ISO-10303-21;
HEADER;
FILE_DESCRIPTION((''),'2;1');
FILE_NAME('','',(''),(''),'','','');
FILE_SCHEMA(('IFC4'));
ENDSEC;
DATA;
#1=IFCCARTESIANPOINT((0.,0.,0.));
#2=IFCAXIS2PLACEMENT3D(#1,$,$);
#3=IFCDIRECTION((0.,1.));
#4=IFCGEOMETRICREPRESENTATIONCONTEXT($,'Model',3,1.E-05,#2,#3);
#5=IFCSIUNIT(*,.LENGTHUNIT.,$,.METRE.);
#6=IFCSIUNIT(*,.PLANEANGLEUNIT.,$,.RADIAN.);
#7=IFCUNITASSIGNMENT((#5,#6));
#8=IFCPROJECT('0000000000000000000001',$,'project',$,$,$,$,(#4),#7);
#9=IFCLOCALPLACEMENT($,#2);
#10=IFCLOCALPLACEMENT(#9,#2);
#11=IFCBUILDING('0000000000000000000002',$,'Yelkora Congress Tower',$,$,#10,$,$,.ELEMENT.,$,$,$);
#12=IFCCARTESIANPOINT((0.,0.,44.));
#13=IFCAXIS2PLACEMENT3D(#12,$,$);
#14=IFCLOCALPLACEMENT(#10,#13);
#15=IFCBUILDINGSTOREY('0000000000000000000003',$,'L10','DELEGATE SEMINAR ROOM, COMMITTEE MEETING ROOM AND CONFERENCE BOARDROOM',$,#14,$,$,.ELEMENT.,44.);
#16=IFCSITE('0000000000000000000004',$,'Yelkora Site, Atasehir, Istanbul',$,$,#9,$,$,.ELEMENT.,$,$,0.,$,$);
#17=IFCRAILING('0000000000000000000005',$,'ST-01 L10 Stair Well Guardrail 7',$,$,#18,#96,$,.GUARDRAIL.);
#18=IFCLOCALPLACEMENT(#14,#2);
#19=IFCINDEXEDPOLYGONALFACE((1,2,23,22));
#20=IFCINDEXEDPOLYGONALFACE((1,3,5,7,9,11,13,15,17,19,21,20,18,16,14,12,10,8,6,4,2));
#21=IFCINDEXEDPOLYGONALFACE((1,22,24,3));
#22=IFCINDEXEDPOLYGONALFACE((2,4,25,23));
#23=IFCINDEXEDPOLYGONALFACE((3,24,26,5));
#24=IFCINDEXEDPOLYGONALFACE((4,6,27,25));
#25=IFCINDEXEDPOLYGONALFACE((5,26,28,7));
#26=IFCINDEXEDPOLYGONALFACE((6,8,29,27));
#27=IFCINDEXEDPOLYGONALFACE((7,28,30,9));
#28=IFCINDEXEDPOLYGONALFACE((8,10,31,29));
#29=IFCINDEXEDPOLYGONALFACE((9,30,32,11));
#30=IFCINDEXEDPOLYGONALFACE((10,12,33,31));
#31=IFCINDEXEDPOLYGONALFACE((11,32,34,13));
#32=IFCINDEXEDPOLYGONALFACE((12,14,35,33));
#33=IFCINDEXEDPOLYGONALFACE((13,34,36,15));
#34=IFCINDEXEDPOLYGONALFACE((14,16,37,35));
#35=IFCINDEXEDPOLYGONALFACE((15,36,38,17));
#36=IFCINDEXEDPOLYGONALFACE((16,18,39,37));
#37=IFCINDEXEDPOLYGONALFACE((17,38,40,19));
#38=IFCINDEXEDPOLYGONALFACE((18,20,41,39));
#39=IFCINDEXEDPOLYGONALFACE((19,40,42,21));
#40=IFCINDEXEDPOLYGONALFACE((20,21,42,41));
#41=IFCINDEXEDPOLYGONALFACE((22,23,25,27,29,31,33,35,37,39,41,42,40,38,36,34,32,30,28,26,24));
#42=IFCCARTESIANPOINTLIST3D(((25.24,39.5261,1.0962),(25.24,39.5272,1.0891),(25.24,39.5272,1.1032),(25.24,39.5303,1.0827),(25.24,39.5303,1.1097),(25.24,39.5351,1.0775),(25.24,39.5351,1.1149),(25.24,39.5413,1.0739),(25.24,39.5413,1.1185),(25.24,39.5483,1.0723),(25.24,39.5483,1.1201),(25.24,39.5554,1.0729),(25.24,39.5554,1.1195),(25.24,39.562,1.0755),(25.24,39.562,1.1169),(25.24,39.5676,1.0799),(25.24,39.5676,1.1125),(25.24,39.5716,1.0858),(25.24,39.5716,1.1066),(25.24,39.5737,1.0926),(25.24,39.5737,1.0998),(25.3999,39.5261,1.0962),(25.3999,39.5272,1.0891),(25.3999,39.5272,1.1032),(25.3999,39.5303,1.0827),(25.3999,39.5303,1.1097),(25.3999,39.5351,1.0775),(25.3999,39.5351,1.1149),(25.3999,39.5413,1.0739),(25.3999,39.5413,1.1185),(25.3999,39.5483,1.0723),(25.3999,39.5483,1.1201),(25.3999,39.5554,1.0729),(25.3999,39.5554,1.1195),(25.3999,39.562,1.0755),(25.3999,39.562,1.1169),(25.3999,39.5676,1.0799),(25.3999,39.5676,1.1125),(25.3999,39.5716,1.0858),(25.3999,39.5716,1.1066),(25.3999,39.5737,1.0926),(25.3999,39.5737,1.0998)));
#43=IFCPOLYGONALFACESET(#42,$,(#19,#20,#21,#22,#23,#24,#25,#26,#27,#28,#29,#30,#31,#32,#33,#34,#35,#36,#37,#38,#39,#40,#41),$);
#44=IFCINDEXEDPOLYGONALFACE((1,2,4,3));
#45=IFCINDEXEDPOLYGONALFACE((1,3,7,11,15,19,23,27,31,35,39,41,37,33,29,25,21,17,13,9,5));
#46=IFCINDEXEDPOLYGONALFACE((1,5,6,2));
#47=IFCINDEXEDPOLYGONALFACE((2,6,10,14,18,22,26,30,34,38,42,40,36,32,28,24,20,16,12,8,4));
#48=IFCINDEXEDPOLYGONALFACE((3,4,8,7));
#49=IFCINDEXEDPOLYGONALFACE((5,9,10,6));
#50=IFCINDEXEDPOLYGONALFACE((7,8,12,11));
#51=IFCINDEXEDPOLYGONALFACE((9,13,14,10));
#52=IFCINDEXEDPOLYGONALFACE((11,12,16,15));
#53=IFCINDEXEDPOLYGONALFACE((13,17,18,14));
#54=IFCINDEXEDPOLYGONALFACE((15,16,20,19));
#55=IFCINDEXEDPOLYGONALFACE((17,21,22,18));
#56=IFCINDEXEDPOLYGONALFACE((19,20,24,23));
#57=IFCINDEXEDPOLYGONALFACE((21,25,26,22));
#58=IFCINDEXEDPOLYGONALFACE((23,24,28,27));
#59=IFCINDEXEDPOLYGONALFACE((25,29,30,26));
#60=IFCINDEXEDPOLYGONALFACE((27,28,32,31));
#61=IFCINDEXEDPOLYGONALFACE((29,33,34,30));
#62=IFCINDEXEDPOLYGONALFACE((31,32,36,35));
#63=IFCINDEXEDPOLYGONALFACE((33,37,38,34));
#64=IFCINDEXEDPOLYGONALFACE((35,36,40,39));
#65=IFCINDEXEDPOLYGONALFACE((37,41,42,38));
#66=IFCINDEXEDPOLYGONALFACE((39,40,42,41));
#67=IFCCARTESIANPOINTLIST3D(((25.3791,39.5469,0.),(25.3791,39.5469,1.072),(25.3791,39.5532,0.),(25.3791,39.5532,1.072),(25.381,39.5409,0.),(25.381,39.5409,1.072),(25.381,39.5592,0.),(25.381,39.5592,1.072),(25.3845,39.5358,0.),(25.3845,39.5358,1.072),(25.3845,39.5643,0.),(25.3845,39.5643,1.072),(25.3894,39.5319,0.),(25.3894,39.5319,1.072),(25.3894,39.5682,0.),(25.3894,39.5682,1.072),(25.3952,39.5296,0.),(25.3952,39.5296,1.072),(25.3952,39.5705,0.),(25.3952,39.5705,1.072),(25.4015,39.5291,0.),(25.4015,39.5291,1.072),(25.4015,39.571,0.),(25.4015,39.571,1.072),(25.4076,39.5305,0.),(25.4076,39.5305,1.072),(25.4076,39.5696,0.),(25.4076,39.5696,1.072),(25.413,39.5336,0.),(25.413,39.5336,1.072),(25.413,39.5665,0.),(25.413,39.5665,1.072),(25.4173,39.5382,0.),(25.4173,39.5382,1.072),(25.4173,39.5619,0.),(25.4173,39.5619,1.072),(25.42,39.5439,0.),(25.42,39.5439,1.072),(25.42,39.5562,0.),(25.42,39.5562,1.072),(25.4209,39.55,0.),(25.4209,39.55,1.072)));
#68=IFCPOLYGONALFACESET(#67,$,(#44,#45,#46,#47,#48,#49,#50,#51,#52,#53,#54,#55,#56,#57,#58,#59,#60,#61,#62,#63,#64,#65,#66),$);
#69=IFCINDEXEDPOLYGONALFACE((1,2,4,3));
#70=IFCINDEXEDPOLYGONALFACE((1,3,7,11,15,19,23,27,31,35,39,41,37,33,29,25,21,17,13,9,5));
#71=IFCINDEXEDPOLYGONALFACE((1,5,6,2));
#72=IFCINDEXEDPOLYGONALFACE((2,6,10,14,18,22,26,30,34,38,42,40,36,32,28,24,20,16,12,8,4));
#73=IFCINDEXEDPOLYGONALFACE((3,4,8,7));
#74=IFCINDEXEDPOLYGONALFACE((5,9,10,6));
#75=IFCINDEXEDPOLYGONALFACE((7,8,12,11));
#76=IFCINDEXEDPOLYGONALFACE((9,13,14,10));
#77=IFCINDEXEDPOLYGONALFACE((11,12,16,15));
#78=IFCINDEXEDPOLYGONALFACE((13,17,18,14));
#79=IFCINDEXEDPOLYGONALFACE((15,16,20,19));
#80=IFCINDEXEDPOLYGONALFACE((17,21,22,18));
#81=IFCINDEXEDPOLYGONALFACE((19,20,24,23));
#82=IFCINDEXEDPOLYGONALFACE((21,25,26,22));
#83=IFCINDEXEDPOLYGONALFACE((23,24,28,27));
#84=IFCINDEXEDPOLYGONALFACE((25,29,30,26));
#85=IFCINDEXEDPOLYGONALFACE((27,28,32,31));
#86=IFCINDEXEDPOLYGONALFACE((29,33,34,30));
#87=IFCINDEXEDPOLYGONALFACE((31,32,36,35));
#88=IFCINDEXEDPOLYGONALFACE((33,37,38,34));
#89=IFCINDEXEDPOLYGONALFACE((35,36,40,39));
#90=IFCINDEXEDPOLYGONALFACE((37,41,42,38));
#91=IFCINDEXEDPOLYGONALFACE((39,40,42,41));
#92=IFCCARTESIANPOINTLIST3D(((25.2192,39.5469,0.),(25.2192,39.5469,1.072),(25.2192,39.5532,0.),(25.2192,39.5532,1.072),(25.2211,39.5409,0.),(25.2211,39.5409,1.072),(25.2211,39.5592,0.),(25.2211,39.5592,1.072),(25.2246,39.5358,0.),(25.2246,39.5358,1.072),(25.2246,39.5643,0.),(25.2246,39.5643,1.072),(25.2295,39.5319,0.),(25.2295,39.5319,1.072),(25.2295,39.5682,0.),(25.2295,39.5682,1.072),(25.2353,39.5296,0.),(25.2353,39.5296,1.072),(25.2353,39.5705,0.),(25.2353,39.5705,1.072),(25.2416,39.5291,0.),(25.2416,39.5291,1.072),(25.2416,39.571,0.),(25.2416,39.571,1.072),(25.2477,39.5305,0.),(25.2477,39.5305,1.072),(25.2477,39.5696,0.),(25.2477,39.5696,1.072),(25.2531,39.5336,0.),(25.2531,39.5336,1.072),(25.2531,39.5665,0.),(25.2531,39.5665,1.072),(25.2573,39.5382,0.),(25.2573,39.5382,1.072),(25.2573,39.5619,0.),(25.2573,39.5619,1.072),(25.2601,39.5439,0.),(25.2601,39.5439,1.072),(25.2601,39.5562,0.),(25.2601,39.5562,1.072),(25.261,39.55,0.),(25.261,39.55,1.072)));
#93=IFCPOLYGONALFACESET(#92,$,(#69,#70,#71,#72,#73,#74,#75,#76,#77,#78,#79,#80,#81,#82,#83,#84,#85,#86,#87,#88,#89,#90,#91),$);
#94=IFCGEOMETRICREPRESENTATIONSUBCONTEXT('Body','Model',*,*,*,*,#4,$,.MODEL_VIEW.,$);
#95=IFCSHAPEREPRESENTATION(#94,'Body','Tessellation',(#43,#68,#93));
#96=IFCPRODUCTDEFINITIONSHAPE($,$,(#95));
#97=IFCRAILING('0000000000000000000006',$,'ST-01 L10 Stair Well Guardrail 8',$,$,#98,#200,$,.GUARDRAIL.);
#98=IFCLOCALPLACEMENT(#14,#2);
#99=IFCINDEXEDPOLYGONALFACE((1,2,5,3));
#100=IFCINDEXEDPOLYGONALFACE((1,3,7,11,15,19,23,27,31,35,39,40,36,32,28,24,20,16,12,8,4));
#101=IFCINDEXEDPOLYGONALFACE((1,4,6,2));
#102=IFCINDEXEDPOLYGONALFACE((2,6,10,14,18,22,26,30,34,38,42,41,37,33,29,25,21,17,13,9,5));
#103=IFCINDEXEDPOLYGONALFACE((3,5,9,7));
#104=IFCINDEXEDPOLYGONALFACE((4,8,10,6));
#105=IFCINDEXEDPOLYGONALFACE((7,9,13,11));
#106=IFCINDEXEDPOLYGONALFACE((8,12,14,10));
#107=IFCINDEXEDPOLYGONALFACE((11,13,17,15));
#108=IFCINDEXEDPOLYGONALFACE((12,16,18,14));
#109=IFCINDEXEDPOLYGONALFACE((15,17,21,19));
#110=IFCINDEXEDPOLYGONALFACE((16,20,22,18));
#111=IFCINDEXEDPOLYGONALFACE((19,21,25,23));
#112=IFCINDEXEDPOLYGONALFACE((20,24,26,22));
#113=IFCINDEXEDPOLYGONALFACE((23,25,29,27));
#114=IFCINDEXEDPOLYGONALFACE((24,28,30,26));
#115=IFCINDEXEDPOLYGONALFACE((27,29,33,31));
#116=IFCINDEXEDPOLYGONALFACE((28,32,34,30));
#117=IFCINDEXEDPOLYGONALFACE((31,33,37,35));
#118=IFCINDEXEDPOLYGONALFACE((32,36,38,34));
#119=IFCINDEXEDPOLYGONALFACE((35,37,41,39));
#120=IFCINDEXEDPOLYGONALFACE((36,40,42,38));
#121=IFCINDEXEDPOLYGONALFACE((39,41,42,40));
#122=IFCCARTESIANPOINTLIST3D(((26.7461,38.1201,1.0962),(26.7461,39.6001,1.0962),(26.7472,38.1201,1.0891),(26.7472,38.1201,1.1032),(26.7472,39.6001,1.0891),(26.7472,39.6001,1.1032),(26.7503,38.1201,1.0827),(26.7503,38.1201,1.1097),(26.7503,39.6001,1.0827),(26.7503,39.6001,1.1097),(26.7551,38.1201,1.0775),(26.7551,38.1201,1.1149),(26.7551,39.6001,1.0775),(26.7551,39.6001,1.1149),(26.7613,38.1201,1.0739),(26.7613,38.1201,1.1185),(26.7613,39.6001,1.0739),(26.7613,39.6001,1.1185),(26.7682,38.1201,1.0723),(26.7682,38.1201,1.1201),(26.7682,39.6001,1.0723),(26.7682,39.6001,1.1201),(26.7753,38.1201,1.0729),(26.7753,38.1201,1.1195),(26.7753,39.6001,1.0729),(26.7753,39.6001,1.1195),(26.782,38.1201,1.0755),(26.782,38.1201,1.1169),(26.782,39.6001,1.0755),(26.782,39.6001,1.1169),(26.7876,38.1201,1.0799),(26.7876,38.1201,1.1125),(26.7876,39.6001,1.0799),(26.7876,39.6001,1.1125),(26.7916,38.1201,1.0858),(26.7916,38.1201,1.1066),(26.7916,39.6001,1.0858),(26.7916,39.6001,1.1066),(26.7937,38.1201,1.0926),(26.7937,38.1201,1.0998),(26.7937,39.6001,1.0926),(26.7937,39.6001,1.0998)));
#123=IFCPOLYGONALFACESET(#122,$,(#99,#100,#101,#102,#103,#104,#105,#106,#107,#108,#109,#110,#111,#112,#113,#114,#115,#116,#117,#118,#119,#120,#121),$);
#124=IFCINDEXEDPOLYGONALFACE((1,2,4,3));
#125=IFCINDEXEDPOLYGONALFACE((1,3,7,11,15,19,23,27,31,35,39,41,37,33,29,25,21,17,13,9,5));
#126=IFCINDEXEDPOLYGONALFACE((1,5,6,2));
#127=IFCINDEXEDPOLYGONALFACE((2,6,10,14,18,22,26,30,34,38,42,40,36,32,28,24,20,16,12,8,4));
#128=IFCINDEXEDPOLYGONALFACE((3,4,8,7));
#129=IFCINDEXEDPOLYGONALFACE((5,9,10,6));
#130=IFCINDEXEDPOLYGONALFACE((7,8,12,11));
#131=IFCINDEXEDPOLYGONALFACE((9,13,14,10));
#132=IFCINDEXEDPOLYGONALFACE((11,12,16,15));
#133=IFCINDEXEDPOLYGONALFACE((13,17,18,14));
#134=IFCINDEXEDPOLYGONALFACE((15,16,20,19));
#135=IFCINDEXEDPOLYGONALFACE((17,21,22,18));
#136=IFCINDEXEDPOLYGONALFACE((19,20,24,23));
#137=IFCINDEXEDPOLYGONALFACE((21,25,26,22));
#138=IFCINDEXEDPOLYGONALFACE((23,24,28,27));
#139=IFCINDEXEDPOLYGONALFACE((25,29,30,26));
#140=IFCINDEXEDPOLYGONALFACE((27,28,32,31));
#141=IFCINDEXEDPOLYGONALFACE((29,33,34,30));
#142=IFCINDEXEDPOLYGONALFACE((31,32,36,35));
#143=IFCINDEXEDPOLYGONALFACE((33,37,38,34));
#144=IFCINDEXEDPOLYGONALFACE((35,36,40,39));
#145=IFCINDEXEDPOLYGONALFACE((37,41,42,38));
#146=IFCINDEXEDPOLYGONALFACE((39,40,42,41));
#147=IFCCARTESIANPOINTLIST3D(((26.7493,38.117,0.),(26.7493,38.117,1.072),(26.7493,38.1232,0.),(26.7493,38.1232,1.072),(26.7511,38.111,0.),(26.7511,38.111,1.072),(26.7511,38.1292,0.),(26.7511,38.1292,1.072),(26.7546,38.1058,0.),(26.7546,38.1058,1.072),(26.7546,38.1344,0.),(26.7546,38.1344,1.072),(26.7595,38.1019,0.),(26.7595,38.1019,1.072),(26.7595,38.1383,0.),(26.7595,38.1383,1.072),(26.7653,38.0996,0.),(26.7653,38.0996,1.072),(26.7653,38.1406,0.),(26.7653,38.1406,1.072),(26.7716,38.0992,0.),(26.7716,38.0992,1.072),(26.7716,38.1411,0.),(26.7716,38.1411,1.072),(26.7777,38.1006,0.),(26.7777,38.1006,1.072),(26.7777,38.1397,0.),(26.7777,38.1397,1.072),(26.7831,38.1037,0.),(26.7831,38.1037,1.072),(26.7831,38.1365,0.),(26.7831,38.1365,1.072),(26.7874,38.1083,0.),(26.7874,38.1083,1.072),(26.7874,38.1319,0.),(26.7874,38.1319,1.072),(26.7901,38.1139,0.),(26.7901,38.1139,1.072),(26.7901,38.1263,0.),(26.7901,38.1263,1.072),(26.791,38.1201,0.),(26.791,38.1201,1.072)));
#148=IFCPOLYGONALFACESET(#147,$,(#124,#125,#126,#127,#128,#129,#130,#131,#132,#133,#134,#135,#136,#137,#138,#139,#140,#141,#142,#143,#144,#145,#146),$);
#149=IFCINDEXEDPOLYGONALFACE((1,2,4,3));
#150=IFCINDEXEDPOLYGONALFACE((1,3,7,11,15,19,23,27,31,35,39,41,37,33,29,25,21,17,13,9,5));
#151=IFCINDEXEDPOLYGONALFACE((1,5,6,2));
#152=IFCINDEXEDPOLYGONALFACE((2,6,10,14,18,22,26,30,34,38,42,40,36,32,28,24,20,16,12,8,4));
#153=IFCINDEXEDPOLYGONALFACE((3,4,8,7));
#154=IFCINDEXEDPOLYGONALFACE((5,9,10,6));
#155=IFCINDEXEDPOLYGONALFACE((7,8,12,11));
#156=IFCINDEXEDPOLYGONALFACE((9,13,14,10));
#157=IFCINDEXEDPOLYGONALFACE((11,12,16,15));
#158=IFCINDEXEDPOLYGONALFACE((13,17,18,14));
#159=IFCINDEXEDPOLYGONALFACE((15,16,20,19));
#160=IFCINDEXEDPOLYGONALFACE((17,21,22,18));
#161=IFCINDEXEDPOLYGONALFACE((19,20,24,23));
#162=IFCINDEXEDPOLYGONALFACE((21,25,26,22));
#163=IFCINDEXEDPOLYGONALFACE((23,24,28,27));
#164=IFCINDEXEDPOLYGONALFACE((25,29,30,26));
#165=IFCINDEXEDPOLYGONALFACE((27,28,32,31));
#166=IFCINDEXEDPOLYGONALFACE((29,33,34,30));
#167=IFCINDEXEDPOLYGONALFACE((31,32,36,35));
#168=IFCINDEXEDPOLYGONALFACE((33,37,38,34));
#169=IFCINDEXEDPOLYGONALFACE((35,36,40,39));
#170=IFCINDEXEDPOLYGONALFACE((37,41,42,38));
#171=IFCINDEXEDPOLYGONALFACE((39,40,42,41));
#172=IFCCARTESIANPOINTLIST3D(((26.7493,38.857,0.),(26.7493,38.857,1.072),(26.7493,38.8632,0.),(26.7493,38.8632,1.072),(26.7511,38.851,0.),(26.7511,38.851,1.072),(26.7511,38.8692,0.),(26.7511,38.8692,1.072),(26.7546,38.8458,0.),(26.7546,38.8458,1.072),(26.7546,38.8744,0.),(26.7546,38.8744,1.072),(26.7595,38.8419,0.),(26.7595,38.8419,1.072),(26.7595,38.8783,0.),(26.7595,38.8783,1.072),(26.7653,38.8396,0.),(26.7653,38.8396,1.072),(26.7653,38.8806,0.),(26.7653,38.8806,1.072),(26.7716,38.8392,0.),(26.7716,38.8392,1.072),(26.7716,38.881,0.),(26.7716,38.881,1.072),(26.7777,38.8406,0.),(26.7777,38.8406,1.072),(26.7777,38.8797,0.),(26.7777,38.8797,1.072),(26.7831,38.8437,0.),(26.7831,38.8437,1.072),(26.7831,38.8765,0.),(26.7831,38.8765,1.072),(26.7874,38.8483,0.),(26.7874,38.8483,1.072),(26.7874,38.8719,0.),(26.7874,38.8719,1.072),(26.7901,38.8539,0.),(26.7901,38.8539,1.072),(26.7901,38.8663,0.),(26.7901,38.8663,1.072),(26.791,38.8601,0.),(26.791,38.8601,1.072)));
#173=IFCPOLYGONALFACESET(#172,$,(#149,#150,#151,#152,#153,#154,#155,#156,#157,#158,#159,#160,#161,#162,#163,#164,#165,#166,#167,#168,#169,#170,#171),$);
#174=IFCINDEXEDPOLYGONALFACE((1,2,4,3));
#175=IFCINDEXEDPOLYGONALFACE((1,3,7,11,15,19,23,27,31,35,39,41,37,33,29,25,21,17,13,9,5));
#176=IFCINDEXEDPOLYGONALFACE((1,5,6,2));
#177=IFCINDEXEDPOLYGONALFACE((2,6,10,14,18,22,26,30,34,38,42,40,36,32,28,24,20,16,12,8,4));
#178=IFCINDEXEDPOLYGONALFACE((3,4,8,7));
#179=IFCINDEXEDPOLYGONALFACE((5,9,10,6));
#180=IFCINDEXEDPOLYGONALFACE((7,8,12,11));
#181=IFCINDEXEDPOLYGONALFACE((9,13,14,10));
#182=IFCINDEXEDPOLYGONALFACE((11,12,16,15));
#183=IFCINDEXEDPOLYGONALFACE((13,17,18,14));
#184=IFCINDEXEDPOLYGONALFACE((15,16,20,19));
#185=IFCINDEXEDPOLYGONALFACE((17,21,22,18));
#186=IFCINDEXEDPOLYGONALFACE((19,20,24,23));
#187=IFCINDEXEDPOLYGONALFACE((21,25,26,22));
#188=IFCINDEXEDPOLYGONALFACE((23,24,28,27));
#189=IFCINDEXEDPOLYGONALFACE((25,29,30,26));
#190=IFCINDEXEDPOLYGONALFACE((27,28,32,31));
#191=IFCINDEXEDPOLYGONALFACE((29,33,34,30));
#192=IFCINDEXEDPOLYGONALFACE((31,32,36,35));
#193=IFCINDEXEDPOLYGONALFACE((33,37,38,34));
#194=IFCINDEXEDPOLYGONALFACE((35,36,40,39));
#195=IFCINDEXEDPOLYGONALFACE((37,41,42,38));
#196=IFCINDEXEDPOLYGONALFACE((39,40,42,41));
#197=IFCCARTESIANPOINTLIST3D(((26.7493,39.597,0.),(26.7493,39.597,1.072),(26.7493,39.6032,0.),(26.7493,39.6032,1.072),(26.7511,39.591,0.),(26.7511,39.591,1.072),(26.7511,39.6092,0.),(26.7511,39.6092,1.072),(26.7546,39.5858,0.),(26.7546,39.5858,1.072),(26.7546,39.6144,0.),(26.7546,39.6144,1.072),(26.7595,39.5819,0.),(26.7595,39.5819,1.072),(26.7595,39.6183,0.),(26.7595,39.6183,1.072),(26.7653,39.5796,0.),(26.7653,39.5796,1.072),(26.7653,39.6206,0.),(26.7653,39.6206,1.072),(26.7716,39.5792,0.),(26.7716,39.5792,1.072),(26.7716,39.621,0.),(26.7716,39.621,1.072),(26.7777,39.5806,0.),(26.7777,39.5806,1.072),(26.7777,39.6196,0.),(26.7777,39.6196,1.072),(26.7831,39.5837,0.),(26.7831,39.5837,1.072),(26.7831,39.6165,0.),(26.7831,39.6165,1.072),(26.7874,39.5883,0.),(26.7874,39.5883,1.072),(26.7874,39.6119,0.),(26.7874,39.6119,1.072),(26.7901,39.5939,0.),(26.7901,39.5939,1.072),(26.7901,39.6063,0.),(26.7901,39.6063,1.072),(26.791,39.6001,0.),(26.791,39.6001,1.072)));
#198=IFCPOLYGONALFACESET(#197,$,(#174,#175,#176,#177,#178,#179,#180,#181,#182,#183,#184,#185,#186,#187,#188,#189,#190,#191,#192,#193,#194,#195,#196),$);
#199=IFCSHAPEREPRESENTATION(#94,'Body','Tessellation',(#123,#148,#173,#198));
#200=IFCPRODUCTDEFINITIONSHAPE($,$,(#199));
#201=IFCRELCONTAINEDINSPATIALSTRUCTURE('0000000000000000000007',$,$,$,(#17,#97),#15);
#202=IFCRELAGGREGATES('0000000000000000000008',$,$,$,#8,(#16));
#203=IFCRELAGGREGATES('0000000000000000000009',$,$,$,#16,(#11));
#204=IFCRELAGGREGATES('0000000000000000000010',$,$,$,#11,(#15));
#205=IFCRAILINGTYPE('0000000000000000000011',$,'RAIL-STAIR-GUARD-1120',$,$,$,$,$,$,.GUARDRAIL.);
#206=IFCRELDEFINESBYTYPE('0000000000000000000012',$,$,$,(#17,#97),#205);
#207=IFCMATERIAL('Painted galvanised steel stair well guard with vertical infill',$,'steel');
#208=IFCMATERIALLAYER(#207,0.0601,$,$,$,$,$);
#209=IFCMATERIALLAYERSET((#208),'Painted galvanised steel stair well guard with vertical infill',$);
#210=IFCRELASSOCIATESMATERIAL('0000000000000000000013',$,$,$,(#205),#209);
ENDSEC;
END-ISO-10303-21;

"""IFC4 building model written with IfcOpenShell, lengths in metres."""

from ifc_helpers import new_model, si_unit, direction, frame, origin, origin_2d, place, context, subcontext, project, spatial, circle, extrude, material, layer, layer_set, type_object, element, save


model = new_model("IFC4")

# Units and contexts
model_context = context("Model", 3, precision=1e-05, world=origin(), true_north=direction((0.0, 1.0)))
body_context = subcontext(model_context, "Body", "Model", "MODEL_VIEW")
ifc_project = project(units=[si_unit("LENGTHUNIT", "METRE"), si_unit("PLANEANGLEUNIT", "RADIAN")], contexts=[model_context])

# Site, building, storey
site_placement = place(None, origin())
site = spatial("IfcSite", under=ifc_project, at=site_placement, Name="Yelkora Site, Atasehir, Istanbul", CompositionType="ELEMENT", RefElevation=0.0)
building_placement = place(site_placement, origin())
building = spatial("IfcBuilding", under=site, at=building_placement, Name="Yelkora Congress Tower", CompositionType="ELEMENT")
storey_placement = place(building_placement, frame((0.0, 0.0, 44.0)))
storey = spatial("IfcBuildingStorey", under=building, at=storey_placement, Name="L10", Description="DELEGATE SEMINAR ROOM, COMMITTEE MEETING ROOM AND CONFERENCE BOARDROOM", CompositionType="ELEMENT", Elevation=44.0)

# Railings
ifc_material_1 = material(Name="Painted galvanised steel stair well guard with vertical infill", Category="steel")
ifc_layer_1 = layer(ifc_material_1, 0.0601)
ifc_layer_set_1 = layer_set([ifc_layer_1], Name="Painted galvanised steel stair well guard with vertical infill")
railing_type_1 = type_object("IfcRailingType", Name="RAIL-STAIR-GUARD-1120", PredefinedType="GUARDRAIL", material=ifc_layer_set_1)
railing_1_placement = place(storey_placement, frame((25.3999, 39.55, 0.0)))
element("IfcRailing", 1, at=railing_1_placement, inside=storey, type_object=railing_type_1, Name="ST-01 L10 Stair Well Guardrail 7", PredefinedType="GUARDRAIL", context=body_context, shape_type="SweptSolid", body=[
    extrude(circle(Radius=0.0239, at=origin_2d()), frame((0.0, 0.0, 1.0962), z_axis=(-1.0, 0.0, 0.0), x_axis=(0.0, -1.0, 0.0)), (0.0, 0.0, 1.0), 0.1599),
    extrude(circle(Radius=0.021, at=origin_2d()), origin(), (0.0, 0.0, 1.0), 1.072),
    extrude(circle(Radius=0.021, at=origin_2d()), frame((-0.1599, 0.0, 0.0)), (0.0, 0.0, 1.0), 1.072),
])
for number, where, name in (
    (2, (26.77, 38.1201, 0.0), "ST-01 L10 Stair Well Guardrail 8"),
):
    element("IfcRailing", number, at=place(storey_placement, frame(where)), inside=storey, type_object=railing_type_1, Name=name, PredefinedType="GUARDRAIL", context=body_context, shape_type="SweptSolid", body=[
        extrude(circle(Radius=0.0239, at=origin_2d()), frame((0.0, 0.0, 1.0962), z_axis=(0.0, 1.0, 0.0), x_axis=(-1.0, 0.0, 0.0)), (0.0, 0.0, 1.0), 1.48),
        extrude(circle(Radius=0.021, at=origin_2d()), origin(), (0.0, 0.0, 1.0), 1.072),
        extrude(circle(Radius=0.021, at=origin_2d()), frame((0.0, 0.74, 0.0)), (0.0, 0.0, 1.0), 1.072),
        extrude(circle(Radius=0.021, at=origin_2d()), frame((0.0, 1.48, 0.0)), (0.0, 0.0, 1.0), 1.072),
    ])

save(model, "model.ifc")
